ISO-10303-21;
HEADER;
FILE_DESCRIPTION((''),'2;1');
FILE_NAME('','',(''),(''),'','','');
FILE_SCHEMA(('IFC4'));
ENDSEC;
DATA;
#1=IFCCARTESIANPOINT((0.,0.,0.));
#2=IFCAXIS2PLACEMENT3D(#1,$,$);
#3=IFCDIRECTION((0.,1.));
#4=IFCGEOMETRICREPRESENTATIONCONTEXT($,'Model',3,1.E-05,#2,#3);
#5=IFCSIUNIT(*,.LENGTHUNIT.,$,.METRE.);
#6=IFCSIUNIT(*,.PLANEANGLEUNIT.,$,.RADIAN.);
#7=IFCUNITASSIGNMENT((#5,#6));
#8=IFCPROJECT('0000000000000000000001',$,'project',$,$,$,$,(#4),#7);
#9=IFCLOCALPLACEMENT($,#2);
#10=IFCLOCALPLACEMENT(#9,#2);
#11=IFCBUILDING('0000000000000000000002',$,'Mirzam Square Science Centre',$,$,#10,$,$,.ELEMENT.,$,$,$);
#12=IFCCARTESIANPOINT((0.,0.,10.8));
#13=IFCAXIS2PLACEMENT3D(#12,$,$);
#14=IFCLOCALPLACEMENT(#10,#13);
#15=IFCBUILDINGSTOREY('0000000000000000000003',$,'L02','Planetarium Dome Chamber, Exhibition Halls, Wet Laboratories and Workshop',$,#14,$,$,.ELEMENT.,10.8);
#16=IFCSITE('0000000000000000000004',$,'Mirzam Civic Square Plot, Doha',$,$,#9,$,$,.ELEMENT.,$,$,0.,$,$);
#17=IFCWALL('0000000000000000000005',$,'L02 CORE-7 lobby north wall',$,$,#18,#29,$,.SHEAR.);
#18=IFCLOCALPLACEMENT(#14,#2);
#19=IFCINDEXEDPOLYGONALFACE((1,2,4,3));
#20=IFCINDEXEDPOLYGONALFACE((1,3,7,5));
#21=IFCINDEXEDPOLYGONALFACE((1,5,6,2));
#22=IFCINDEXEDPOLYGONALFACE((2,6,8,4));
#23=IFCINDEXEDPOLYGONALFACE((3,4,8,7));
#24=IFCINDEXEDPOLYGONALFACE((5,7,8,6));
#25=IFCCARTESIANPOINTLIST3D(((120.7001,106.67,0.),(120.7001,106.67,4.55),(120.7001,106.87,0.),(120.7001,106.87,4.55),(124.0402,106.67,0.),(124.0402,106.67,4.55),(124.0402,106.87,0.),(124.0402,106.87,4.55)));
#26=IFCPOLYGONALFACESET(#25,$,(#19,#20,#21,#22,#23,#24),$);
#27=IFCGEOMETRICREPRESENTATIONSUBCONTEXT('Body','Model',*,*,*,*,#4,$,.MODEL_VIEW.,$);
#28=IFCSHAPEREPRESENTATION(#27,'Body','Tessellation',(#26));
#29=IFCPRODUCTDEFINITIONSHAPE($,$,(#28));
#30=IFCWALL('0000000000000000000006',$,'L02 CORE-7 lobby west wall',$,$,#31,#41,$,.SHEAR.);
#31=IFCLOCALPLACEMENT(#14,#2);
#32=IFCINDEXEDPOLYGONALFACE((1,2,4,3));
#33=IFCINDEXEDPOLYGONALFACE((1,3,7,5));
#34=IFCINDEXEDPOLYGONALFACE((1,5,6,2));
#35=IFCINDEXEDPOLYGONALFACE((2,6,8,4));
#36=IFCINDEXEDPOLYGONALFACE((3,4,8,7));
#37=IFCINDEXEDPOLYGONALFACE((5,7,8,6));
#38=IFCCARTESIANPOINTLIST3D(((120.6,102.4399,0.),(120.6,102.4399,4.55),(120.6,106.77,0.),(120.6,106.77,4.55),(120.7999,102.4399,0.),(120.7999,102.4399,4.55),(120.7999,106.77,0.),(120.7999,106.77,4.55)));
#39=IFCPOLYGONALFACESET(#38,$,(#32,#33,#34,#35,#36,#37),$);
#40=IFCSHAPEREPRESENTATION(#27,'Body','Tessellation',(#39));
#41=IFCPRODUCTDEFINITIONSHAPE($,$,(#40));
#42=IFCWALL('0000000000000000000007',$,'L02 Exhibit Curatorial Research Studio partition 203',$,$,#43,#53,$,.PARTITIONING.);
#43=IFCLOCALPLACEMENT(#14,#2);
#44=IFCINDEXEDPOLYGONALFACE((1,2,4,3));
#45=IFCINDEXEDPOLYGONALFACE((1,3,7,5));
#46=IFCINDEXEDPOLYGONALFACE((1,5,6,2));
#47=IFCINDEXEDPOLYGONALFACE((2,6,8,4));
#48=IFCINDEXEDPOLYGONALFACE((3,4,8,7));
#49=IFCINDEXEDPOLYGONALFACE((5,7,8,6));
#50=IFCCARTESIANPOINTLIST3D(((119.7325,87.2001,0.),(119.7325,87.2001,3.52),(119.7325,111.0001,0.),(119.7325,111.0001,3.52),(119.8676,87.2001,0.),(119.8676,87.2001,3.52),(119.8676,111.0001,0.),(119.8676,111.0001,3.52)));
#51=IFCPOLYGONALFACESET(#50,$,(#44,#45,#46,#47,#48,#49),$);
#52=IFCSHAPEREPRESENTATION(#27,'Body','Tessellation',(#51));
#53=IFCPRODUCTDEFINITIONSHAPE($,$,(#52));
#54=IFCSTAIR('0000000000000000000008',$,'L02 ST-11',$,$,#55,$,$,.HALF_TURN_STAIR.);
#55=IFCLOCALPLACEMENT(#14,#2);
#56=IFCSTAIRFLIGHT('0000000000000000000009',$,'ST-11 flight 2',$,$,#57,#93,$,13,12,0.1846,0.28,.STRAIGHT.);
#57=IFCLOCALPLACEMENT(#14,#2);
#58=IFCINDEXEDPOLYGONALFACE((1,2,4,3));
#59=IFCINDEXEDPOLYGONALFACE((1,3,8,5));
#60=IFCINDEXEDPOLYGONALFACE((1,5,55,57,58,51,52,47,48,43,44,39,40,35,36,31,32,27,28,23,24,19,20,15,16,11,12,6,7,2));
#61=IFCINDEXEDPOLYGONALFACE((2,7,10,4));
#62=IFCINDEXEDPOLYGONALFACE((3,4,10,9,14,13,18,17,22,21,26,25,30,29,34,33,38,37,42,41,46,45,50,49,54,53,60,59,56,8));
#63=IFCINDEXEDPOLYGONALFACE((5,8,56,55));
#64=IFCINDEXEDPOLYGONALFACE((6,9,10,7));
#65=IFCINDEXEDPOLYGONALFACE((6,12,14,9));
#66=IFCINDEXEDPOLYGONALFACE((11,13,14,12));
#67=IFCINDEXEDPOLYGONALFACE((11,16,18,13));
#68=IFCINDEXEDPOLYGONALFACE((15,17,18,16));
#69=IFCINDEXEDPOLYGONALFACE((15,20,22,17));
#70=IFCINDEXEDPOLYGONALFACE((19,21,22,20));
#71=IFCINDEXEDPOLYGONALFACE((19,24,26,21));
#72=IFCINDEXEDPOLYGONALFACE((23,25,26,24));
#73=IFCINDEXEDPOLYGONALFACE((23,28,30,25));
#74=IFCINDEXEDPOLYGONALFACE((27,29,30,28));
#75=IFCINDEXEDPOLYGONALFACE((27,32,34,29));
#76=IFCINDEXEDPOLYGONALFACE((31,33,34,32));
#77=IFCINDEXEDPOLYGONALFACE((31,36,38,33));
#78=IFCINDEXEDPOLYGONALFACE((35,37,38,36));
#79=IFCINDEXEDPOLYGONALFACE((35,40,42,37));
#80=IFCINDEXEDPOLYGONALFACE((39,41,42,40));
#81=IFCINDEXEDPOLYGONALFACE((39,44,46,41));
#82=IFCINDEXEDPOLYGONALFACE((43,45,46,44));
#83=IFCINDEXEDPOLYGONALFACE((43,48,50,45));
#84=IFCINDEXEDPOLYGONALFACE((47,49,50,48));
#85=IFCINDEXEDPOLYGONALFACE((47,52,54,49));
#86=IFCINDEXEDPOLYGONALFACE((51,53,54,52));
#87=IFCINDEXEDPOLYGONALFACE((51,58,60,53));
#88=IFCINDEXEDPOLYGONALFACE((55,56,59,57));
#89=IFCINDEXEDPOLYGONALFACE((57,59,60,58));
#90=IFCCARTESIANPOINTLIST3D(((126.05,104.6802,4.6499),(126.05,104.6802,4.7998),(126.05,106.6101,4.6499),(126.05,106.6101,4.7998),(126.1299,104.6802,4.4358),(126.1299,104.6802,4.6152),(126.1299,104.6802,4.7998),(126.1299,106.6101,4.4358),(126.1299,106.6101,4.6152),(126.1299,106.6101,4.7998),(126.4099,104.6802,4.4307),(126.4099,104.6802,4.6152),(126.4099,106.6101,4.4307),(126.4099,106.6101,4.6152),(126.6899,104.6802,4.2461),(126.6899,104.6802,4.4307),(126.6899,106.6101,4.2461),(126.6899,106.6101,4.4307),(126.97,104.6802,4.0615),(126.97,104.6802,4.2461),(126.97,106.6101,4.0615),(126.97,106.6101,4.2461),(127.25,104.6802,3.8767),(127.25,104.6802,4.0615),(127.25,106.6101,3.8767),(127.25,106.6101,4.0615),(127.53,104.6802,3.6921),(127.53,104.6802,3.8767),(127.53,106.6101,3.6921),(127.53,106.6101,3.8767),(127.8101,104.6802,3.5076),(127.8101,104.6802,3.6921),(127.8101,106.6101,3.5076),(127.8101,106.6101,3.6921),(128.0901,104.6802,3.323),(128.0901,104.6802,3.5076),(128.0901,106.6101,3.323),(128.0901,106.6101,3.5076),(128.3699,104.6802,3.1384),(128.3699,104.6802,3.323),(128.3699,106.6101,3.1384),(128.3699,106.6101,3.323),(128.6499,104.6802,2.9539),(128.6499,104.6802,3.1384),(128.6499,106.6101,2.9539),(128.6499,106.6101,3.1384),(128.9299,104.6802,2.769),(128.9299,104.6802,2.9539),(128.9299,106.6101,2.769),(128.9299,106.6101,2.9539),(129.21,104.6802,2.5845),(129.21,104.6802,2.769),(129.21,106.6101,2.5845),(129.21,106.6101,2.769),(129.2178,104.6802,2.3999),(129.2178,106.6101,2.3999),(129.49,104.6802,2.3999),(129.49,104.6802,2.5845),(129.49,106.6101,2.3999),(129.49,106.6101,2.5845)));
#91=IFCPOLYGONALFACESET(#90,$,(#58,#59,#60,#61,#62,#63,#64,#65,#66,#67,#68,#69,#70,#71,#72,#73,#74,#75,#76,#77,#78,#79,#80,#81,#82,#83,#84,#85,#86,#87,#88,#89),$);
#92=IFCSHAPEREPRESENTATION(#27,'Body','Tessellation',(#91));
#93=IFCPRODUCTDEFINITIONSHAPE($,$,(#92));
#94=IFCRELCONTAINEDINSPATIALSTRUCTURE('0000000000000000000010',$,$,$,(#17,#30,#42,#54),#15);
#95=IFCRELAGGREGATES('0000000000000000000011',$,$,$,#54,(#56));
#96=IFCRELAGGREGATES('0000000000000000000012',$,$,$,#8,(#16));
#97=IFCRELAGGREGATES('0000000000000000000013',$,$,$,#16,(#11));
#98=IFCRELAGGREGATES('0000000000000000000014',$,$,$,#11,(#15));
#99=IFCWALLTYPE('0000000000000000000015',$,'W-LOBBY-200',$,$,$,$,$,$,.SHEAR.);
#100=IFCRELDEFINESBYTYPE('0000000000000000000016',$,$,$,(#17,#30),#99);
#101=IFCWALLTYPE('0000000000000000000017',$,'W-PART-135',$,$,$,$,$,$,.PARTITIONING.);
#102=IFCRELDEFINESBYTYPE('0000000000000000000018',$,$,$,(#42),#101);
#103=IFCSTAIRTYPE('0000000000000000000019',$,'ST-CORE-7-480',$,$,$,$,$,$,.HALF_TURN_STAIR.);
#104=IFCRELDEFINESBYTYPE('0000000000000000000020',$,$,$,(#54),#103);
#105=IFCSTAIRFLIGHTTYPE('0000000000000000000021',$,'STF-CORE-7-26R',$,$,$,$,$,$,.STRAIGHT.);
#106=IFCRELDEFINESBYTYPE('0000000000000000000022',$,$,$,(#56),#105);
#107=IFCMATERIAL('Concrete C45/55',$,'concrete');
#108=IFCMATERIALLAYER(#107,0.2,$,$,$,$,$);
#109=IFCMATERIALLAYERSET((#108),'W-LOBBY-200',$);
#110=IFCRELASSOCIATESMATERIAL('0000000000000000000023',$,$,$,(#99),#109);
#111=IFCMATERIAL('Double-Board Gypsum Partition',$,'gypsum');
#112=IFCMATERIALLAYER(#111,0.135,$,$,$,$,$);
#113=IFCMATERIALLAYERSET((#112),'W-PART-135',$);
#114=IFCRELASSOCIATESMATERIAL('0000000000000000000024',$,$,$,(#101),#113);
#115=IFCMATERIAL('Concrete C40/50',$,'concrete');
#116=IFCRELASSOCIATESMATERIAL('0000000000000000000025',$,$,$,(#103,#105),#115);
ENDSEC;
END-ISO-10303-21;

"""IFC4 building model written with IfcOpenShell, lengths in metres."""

from ifc_helpers import new_model, si_unit, direction, frame, frame_2d, origin, place, context, subcontext, project, spatial, polyline, rectangle, outline, extrude, material, layer, layer_set, type_object, element, aggregate, save


model = new_model("IFC4")

# Units and contexts
model_context = context("Model", 3, precision=1e-05, world=origin(), true_north=direction((0.0, 1.0)))
body_context = subcontext(model_context, "Body", "Model", "MODEL_VIEW")
ifc_project = project(units=[si_unit("LENGTHUNIT", "METRE"), si_unit("PLANEANGLEUNIT", "RADIAN")], contexts=[model_context])

# Site, building, storey
site_placement = place(None, origin())
site = spatial("IfcSite", under=ifc_project, at=site_placement, Name="Mirzam Civic Square Plot, Doha", CompositionType="ELEMENT", RefElevation=0.0)
building_placement = place(site_placement, origin())
building = spatial("IfcBuilding", under=site, at=building_placement, Name="Mirzam Square Science Centre", CompositionType="ELEMENT")
storey_placement = place(building_placement, frame((0.0, 0.0, 10.8)))
storey = spatial("IfcBuildingStorey", under=building, at=storey_placement, Name="L02", Description="Planetarium Dome Chamber, Exhibition Halls, Wet Laboratories and Workshop", CompositionType="ELEMENT", Elevation=10.8)

# Shared definitions
ifc_material_1 = material(Name="Concrete C45/55", Category="concrete")

# Walls
ifc_layer_1 = layer(ifc_material_1, 0.2)
ifc_layer_set_1 = layer_set([ifc_layer_1], Name="W-LOBBY-200")
wall_type_1 = type_object("IfcWallType", Name="W-LOBBY-200", PredefinedType="SHEAR", material=ifc_layer_set_1)
wall_1_placement = place(storey_placement, frame((124.04, 106.77, 0.0), z_axis=(0.0, 0.0, 1.0), x_axis=(-1.0, 0.0, 0.0)))
element("IfcWall", 1, at=wall_1_placement, inside=storey, type_object=wall_type_1, Name="L02 CORE-7 lobby north wall", PredefinedType="SHEAR", context=body_context, shape_type="SweptSolid", body=[
    extrude(rectangle(XDim=3.3401, YDim=0.2, at=frame_2d((1.6699, 0.0))), origin(), (0.0, 0.0, 1.0), 4.55),
])
wall_2_placement = place(storey_placement, frame((120.7, 106.77, 0.0), z_axis=(0.0, 0.0, 1.0), x_axis=(0.0, -1.0, 0.0)))
element("IfcWall", 2, at=wall_2_placement, inside=storey, type_object=wall_type_1, Name="L02 CORE-7 lobby west wall", PredefinedType="SHEAR", context=body_context, shape_type="SweptSolid", body=[
    extrude(rectangle(XDim=4.3301, YDim=0.2, at=frame_2d((2.165, 0.0))), origin(), (0.0, 0.0, 1.0), 4.55),
])
ifc_material_2 = material(Name="Double-Board Gypsum Partition", Category="gypsum")
ifc_layer_2 = layer(ifc_material_2, 0.135)
ifc_layer_set_2 = layer_set([ifc_layer_2], Name="W-PART-135")
wall_type_2 = type_object("IfcWallType", Name="W-PART-135", PredefinedType="PARTITIONING", material=ifc_layer_set_2)
wall_3_placement = place(storey_placement, frame((119.8, 111.0, 0.0), z_axis=(0.0, 0.0, 1.0), x_axis=(0.0, -1.0, 0.0)))
element("IfcWall", 3, at=wall_3_placement, inside=storey, type_object=wall_type_2, Name="L02 Exhibit Curatorial Research Studio partition 203", PredefinedType="PARTITIONING", context=body_context, shape_type="SweptSolid", body=[
    extrude(rectangle(XDim=23.8, YDim=0.135, at=frame_2d((11.8999, 0.0))), origin(), (0.0, 0.0, 1.0), 3.52),
])

# Stair, stair flight
ifc_material_3 = material(Name="Concrete C40/50", Category="concrete")
stair_type = type_object("IfcStairType", Name="ST-CORE-7-480", PredefinedType="HALF_TURN_STAIR", material=ifc_material_3)
stair_placement = place(storey_placement, origin())
stair = element("IfcStair", 4, at=stair_placement, inside=storey, type_object=stair_type, Name="L02 ST-11", PredefinedType="HALF_TURN_STAIR")
stair_flight_type = type_object("IfcStairFlightType", Name="STF-CORE-7-26R", PredefinedType="STRAIGHT", material=ifc_material_3)
stair_flight_placement = place(storey_placement, frame((129.49, 105.645, 2.3999), z_axis=(0.0, 0.0, 1.0), x_axis=(-1.0, 0.0, 0.0)))
stair_flight = element("IfcStairFlight", 5, at=stair_flight_placement, type_object=stair_flight_type, Name="ST-11 flight 2", NumberOfRisers=13, NumberOfTreads=12, PredefinedType="STRAIGHT", RiserHeight=0.1846, TreadLength=0.28, context=body_context, shape_type="SweptSolid", body=[
    extrude(outline(polyline([(0.0, 0.0), (0.0, 0.1846), (0.28, 0.1846), (0.28, 0.3691), (0.5601, 0.3691), (0.5601, 0.554), (0.8401, 0.554), (0.8401, 0.7385), (1.1201, 0.7385), (1.1201, 0.9231), (1.3999, 0.9231), (1.3999, 1.1077), (1.6799, 1.1077), (1.6799, 1.2922), (1.96, 1.2922), (1.96, 1.4768), (2.24, 1.4768), (2.24, 1.6616), (2.52, 1.6616), (2.52, 1.8462), (2.8, 1.8462), (2.8, 2.0308), (3.0801, 2.0308), (3.0801, 2.2153), (3.3601, 2.2153), (3.3601, 2.3999), (3.4399, 2.3999), (3.4399, 2.25), (3.3601, 2.0359), (0.2722, 0.0), (0.0, 0.0)])), frame((0.0, 0.9648, 0.0), z_axis=(0.0, -1.0, 0.0), x_axis=(1.0, 0.0, 0.0)), (0.0, 0.0, 1.0), 1.9299),
])
aggregate(stair, [stair_flight])

save(model, "model.ifc")
